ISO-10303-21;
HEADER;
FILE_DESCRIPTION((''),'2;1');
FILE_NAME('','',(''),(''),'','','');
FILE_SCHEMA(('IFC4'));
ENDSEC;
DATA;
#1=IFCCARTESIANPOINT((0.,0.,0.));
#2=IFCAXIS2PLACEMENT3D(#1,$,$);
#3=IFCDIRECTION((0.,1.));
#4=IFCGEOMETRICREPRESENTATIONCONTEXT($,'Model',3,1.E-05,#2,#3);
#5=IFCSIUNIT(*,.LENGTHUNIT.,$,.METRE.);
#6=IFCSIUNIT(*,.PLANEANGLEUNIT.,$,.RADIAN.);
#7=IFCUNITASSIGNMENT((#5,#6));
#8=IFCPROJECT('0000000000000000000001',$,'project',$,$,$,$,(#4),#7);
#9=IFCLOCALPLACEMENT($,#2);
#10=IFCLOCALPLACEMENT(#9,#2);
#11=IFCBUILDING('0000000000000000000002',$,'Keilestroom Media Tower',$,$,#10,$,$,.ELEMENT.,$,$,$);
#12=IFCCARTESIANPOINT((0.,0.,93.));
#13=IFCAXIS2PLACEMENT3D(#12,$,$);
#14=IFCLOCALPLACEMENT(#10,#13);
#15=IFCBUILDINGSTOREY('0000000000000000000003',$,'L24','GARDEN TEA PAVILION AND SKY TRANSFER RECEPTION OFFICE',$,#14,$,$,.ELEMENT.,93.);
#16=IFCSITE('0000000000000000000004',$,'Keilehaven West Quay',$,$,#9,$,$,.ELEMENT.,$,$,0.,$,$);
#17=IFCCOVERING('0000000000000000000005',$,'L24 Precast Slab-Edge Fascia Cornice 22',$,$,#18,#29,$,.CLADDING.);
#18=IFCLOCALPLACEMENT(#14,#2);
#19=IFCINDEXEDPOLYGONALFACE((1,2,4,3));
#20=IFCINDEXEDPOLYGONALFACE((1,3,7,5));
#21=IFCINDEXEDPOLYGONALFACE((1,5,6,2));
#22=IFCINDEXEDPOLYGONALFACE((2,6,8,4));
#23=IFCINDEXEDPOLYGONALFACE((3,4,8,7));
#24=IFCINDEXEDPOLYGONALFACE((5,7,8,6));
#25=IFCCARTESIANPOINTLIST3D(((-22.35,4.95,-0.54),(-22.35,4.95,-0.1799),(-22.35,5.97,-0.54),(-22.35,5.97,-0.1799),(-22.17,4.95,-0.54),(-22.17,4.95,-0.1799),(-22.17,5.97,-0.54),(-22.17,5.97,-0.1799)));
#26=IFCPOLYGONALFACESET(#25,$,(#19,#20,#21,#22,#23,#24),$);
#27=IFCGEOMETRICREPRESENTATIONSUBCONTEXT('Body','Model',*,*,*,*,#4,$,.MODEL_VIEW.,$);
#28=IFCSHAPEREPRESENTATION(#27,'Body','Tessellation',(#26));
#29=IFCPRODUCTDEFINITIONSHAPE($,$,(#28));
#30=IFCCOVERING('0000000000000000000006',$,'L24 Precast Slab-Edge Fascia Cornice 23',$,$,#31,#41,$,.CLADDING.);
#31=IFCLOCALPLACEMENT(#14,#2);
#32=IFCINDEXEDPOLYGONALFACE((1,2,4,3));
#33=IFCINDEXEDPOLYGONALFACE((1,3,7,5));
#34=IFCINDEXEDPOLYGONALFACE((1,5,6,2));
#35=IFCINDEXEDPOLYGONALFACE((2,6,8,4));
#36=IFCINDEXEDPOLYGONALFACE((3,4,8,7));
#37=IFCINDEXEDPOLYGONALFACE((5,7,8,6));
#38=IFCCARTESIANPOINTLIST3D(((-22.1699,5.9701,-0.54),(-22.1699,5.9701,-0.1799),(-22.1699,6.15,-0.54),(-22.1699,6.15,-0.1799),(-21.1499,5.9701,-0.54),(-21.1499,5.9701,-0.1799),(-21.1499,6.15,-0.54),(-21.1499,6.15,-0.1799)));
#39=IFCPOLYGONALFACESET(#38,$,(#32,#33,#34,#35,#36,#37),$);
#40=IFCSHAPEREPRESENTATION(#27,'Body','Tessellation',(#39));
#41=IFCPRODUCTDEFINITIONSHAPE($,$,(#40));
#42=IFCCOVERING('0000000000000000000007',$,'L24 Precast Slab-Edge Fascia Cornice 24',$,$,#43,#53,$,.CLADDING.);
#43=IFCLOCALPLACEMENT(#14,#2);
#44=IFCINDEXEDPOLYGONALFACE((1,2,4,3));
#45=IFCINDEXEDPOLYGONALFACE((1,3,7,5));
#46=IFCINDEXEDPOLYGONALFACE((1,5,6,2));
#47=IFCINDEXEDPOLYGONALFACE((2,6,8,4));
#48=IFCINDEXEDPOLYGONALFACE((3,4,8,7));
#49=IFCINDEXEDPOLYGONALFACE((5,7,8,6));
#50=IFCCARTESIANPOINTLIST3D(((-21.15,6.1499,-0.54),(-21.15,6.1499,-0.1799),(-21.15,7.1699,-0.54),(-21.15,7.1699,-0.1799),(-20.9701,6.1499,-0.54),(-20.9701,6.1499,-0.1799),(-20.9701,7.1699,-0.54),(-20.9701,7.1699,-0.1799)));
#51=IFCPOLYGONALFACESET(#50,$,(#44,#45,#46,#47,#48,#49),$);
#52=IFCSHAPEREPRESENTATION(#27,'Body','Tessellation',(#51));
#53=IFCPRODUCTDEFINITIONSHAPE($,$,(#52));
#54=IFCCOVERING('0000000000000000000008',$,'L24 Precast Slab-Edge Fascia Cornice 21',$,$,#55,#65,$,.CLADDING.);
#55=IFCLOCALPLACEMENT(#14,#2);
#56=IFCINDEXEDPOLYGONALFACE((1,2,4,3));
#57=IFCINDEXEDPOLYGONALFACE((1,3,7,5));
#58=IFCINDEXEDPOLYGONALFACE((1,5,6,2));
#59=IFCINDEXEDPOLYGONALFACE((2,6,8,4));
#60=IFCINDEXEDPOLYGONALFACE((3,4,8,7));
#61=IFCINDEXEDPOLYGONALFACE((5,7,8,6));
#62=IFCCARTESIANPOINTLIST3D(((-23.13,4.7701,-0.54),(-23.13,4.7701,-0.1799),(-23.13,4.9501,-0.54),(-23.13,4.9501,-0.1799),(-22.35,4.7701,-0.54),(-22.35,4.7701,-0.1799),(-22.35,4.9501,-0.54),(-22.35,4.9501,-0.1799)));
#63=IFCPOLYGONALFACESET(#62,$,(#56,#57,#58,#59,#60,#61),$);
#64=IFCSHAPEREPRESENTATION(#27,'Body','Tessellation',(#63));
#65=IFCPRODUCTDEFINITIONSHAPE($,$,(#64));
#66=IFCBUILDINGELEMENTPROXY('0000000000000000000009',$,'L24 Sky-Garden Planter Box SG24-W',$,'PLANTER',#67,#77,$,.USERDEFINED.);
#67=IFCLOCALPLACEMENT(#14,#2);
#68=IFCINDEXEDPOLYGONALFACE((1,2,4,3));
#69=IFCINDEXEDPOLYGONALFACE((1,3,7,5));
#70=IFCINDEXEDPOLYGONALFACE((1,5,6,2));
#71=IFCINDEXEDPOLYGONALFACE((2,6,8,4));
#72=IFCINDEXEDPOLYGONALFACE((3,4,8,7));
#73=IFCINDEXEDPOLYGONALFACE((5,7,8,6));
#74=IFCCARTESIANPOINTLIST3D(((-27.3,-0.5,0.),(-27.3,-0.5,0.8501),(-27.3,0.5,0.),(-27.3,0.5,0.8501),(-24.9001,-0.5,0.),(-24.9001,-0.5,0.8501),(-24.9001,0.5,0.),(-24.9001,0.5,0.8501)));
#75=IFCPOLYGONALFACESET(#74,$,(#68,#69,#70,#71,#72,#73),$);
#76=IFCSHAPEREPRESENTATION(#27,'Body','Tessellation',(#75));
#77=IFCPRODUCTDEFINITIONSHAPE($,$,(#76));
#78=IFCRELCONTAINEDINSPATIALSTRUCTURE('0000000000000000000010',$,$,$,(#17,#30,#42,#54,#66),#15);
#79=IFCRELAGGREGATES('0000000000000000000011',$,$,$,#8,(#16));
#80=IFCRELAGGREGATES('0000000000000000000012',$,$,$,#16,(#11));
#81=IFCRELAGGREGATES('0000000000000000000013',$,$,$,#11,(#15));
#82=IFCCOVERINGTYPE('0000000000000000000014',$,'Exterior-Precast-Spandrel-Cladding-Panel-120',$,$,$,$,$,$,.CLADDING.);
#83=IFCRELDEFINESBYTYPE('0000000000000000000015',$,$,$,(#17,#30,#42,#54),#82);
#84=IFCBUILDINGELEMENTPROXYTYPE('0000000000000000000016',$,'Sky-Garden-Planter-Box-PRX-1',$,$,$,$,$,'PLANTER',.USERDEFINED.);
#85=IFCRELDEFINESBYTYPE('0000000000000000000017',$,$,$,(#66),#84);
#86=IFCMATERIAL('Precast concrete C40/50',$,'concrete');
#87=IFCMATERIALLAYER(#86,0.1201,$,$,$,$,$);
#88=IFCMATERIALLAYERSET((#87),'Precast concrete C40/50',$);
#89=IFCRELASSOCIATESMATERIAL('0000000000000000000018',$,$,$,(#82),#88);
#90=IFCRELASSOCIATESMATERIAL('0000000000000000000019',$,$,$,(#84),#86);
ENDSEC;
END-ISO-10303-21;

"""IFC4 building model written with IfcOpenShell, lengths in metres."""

from ifc_helpers import new_model, si_unit, direction, frame, origin, origin_2d, place, context, subcontext, project, spatial, rectangle, extrude, source, transform, mapped, material, layer, layer_set, type_object, element, save


model = new_model("IFC4")

# Units and contexts
model_context = context("Model", 3, precision=1e-05, world=origin(), true_north=direction((0.0, 1.0)))
body_context = subcontext(model_context, "Body", "Model", "MODEL_VIEW")
ifc_project = project(units=[si_unit("LENGTHUNIT", "METRE"), si_unit("PLANEANGLEUNIT", "RADIAN")], contexts=[model_context])

# Site, building, storey
site_placement = place(None, origin())
site = spatial("IfcSite", under=ifc_project, at=site_placement, Name="Keilehaven West Quay", CompositionType="ELEMENT", RefElevation=0.0)
building_placement = place(site_placement, origin())
building = spatial("IfcBuilding", under=site, at=building_placement, Name="Keilestroom Media Tower", CompositionType="ELEMENT")
storey_placement = place(building_placement, frame((0.0, 0.0, 93.0)))
storey = spatial("IfcBuildingStorey", under=building, at=storey_placement, Name="L24", Description="GARDEN TEA PAVILION AND SKY TRANSFER RECEPTION OFFICE", CompositionType="ELEMENT", Elevation=93.0)

# Shared definitions
ifc_material_1 = material(Name="Precast concrete C40/50", Category="concrete")

# Coverings
ifc_layer_1 = layer(ifc_material_1, 0.1201)
ifc_layer_set_1 = layer_set([ifc_layer_1], Name="Precast concrete C40/50")
covering_type = type_object("IfcCoveringType", Name="Exterior-Precast-Spandrel-Cladding-Panel-120", PredefinedType="CLADDING", material=ifc_layer_set_1)
shared_shape_1 = source(origin(), body_context, "Body", "SweptSolid", [
    extrude(rectangle(XDim=1.02, YDim=0.1799, at=origin_2d()), origin(), (0.0, 0.0, 1.0), 0.3601),
])
for number, where, z_axis, x_axis, name in (
    (1, (-22.26, 5.46, -0.54), (0.0, 0.0, 1.0), (0.0, 1.0, 0.0), "L24 Precast Slab-Edge Fascia Cornice 22"),
    (2, (-21.6599, 6.0601, -0.54), (0.0, 0.0, 1.0), (1.0, 0.0, 0.0), "L24 Precast Slab-Edge Fascia Cornice 23"),
    (3, (-21.0601, 6.6599, -0.54), (0.0, 0.0, 1.0), (0.0, 1.0, 0.0), "L24 Precast Slab-Edge Fascia Cornice 24"),
):
    element("IfcCovering", number, at=place(storey_placement, frame(where, z_axis=z_axis, x_axis=x_axis)), inside=storey, type_object=covering_type, Name=name, PredefinedType="CLADDING", context=body_context, shape_type="MappedRepresentation", body=[
        mapped(shared_shape_1, transform((0.0, 0.0, 0.0), x_axis=(1.0, 0.0, 0.0), y_axis=(0.0, 1.0, 0.0), z_axis=(0.0, 0.0, 1.0), scale=1.0)),
    ])
shared_shape_2 = source(origin(), body_context, "Body", "SweptSolid", [
    extrude(rectangle(XDim=0.78, YDim=0.1799, at=origin_2d()), origin(), (0.0, 0.0, 1.0), 0.3601),
])
covering_placement = place(storey_placement, frame((-22.74, 4.8601, -0.54), z_axis=(0.0, 0.0, 1.0), x_axis=(1.0, 0.0, 0.0)))
element("IfcCovering", 4, at=covering_placement, inside=storey, type_object=covering_type, Name="L24 Precast Slab-Edge Fascia Cornice 21", PredefinedType="CLADDING", context=body_context, shape_type="MappedRepresentation", body=[
    mapped(shared_shape_2, transform((0.0, 0.0, 0.0), x_axis=(1.0, 0.0, 0.0), y_axis=(0.0, 1.0, 0.0), z_axis=(0.0, 0.0, 1.0), scale=1.0)),
])

# Building element proxy
building_element_proxy_type = type_object("IfcBuildingElementProxyType", Name="Sky-Garden-Planter-Box-PRX-1", ElementType="PLANTER", PredefinedType="USERDEFINED", material=ifc_material_1)
shared_shape_3 = source(origin(), body_context, "Body", "SweptSolid", [
    extrude(rectangle(XDim=2.3999, YDim=1.0, at=origin_2d()), origin(), (0.0, 0.0, 1.0), 0.8501),
])
proxy_placement = place(storey_placement, frame((-26.1001, 0.0, 0.0), z_axis=(0.0, 0.0, 1.0), x_axis=(1.0, 0.0, 0.0)))
element("IfcBuildingElementProxy", 5, at=proxy_placement, inside=storey, type_object=building_element_proxy_type, Name="L24 Sky-Garden Planter Box SG24-W", ObjectType="PLANTER", PredefinedType="USERDEFINED", context=body_context, shape_type="MappedRepresentation", body=[
    mapped(shared_shape_3, transform((0.0, 0.0, 0.0), x_axis=(1.0, 0.0, 0.0), y_axis=(0.0, 1.0, 0.0), z_axis=(0.0, 0.0, 1.0), scale=1.0)),
])

save(model, "model.ifc")
